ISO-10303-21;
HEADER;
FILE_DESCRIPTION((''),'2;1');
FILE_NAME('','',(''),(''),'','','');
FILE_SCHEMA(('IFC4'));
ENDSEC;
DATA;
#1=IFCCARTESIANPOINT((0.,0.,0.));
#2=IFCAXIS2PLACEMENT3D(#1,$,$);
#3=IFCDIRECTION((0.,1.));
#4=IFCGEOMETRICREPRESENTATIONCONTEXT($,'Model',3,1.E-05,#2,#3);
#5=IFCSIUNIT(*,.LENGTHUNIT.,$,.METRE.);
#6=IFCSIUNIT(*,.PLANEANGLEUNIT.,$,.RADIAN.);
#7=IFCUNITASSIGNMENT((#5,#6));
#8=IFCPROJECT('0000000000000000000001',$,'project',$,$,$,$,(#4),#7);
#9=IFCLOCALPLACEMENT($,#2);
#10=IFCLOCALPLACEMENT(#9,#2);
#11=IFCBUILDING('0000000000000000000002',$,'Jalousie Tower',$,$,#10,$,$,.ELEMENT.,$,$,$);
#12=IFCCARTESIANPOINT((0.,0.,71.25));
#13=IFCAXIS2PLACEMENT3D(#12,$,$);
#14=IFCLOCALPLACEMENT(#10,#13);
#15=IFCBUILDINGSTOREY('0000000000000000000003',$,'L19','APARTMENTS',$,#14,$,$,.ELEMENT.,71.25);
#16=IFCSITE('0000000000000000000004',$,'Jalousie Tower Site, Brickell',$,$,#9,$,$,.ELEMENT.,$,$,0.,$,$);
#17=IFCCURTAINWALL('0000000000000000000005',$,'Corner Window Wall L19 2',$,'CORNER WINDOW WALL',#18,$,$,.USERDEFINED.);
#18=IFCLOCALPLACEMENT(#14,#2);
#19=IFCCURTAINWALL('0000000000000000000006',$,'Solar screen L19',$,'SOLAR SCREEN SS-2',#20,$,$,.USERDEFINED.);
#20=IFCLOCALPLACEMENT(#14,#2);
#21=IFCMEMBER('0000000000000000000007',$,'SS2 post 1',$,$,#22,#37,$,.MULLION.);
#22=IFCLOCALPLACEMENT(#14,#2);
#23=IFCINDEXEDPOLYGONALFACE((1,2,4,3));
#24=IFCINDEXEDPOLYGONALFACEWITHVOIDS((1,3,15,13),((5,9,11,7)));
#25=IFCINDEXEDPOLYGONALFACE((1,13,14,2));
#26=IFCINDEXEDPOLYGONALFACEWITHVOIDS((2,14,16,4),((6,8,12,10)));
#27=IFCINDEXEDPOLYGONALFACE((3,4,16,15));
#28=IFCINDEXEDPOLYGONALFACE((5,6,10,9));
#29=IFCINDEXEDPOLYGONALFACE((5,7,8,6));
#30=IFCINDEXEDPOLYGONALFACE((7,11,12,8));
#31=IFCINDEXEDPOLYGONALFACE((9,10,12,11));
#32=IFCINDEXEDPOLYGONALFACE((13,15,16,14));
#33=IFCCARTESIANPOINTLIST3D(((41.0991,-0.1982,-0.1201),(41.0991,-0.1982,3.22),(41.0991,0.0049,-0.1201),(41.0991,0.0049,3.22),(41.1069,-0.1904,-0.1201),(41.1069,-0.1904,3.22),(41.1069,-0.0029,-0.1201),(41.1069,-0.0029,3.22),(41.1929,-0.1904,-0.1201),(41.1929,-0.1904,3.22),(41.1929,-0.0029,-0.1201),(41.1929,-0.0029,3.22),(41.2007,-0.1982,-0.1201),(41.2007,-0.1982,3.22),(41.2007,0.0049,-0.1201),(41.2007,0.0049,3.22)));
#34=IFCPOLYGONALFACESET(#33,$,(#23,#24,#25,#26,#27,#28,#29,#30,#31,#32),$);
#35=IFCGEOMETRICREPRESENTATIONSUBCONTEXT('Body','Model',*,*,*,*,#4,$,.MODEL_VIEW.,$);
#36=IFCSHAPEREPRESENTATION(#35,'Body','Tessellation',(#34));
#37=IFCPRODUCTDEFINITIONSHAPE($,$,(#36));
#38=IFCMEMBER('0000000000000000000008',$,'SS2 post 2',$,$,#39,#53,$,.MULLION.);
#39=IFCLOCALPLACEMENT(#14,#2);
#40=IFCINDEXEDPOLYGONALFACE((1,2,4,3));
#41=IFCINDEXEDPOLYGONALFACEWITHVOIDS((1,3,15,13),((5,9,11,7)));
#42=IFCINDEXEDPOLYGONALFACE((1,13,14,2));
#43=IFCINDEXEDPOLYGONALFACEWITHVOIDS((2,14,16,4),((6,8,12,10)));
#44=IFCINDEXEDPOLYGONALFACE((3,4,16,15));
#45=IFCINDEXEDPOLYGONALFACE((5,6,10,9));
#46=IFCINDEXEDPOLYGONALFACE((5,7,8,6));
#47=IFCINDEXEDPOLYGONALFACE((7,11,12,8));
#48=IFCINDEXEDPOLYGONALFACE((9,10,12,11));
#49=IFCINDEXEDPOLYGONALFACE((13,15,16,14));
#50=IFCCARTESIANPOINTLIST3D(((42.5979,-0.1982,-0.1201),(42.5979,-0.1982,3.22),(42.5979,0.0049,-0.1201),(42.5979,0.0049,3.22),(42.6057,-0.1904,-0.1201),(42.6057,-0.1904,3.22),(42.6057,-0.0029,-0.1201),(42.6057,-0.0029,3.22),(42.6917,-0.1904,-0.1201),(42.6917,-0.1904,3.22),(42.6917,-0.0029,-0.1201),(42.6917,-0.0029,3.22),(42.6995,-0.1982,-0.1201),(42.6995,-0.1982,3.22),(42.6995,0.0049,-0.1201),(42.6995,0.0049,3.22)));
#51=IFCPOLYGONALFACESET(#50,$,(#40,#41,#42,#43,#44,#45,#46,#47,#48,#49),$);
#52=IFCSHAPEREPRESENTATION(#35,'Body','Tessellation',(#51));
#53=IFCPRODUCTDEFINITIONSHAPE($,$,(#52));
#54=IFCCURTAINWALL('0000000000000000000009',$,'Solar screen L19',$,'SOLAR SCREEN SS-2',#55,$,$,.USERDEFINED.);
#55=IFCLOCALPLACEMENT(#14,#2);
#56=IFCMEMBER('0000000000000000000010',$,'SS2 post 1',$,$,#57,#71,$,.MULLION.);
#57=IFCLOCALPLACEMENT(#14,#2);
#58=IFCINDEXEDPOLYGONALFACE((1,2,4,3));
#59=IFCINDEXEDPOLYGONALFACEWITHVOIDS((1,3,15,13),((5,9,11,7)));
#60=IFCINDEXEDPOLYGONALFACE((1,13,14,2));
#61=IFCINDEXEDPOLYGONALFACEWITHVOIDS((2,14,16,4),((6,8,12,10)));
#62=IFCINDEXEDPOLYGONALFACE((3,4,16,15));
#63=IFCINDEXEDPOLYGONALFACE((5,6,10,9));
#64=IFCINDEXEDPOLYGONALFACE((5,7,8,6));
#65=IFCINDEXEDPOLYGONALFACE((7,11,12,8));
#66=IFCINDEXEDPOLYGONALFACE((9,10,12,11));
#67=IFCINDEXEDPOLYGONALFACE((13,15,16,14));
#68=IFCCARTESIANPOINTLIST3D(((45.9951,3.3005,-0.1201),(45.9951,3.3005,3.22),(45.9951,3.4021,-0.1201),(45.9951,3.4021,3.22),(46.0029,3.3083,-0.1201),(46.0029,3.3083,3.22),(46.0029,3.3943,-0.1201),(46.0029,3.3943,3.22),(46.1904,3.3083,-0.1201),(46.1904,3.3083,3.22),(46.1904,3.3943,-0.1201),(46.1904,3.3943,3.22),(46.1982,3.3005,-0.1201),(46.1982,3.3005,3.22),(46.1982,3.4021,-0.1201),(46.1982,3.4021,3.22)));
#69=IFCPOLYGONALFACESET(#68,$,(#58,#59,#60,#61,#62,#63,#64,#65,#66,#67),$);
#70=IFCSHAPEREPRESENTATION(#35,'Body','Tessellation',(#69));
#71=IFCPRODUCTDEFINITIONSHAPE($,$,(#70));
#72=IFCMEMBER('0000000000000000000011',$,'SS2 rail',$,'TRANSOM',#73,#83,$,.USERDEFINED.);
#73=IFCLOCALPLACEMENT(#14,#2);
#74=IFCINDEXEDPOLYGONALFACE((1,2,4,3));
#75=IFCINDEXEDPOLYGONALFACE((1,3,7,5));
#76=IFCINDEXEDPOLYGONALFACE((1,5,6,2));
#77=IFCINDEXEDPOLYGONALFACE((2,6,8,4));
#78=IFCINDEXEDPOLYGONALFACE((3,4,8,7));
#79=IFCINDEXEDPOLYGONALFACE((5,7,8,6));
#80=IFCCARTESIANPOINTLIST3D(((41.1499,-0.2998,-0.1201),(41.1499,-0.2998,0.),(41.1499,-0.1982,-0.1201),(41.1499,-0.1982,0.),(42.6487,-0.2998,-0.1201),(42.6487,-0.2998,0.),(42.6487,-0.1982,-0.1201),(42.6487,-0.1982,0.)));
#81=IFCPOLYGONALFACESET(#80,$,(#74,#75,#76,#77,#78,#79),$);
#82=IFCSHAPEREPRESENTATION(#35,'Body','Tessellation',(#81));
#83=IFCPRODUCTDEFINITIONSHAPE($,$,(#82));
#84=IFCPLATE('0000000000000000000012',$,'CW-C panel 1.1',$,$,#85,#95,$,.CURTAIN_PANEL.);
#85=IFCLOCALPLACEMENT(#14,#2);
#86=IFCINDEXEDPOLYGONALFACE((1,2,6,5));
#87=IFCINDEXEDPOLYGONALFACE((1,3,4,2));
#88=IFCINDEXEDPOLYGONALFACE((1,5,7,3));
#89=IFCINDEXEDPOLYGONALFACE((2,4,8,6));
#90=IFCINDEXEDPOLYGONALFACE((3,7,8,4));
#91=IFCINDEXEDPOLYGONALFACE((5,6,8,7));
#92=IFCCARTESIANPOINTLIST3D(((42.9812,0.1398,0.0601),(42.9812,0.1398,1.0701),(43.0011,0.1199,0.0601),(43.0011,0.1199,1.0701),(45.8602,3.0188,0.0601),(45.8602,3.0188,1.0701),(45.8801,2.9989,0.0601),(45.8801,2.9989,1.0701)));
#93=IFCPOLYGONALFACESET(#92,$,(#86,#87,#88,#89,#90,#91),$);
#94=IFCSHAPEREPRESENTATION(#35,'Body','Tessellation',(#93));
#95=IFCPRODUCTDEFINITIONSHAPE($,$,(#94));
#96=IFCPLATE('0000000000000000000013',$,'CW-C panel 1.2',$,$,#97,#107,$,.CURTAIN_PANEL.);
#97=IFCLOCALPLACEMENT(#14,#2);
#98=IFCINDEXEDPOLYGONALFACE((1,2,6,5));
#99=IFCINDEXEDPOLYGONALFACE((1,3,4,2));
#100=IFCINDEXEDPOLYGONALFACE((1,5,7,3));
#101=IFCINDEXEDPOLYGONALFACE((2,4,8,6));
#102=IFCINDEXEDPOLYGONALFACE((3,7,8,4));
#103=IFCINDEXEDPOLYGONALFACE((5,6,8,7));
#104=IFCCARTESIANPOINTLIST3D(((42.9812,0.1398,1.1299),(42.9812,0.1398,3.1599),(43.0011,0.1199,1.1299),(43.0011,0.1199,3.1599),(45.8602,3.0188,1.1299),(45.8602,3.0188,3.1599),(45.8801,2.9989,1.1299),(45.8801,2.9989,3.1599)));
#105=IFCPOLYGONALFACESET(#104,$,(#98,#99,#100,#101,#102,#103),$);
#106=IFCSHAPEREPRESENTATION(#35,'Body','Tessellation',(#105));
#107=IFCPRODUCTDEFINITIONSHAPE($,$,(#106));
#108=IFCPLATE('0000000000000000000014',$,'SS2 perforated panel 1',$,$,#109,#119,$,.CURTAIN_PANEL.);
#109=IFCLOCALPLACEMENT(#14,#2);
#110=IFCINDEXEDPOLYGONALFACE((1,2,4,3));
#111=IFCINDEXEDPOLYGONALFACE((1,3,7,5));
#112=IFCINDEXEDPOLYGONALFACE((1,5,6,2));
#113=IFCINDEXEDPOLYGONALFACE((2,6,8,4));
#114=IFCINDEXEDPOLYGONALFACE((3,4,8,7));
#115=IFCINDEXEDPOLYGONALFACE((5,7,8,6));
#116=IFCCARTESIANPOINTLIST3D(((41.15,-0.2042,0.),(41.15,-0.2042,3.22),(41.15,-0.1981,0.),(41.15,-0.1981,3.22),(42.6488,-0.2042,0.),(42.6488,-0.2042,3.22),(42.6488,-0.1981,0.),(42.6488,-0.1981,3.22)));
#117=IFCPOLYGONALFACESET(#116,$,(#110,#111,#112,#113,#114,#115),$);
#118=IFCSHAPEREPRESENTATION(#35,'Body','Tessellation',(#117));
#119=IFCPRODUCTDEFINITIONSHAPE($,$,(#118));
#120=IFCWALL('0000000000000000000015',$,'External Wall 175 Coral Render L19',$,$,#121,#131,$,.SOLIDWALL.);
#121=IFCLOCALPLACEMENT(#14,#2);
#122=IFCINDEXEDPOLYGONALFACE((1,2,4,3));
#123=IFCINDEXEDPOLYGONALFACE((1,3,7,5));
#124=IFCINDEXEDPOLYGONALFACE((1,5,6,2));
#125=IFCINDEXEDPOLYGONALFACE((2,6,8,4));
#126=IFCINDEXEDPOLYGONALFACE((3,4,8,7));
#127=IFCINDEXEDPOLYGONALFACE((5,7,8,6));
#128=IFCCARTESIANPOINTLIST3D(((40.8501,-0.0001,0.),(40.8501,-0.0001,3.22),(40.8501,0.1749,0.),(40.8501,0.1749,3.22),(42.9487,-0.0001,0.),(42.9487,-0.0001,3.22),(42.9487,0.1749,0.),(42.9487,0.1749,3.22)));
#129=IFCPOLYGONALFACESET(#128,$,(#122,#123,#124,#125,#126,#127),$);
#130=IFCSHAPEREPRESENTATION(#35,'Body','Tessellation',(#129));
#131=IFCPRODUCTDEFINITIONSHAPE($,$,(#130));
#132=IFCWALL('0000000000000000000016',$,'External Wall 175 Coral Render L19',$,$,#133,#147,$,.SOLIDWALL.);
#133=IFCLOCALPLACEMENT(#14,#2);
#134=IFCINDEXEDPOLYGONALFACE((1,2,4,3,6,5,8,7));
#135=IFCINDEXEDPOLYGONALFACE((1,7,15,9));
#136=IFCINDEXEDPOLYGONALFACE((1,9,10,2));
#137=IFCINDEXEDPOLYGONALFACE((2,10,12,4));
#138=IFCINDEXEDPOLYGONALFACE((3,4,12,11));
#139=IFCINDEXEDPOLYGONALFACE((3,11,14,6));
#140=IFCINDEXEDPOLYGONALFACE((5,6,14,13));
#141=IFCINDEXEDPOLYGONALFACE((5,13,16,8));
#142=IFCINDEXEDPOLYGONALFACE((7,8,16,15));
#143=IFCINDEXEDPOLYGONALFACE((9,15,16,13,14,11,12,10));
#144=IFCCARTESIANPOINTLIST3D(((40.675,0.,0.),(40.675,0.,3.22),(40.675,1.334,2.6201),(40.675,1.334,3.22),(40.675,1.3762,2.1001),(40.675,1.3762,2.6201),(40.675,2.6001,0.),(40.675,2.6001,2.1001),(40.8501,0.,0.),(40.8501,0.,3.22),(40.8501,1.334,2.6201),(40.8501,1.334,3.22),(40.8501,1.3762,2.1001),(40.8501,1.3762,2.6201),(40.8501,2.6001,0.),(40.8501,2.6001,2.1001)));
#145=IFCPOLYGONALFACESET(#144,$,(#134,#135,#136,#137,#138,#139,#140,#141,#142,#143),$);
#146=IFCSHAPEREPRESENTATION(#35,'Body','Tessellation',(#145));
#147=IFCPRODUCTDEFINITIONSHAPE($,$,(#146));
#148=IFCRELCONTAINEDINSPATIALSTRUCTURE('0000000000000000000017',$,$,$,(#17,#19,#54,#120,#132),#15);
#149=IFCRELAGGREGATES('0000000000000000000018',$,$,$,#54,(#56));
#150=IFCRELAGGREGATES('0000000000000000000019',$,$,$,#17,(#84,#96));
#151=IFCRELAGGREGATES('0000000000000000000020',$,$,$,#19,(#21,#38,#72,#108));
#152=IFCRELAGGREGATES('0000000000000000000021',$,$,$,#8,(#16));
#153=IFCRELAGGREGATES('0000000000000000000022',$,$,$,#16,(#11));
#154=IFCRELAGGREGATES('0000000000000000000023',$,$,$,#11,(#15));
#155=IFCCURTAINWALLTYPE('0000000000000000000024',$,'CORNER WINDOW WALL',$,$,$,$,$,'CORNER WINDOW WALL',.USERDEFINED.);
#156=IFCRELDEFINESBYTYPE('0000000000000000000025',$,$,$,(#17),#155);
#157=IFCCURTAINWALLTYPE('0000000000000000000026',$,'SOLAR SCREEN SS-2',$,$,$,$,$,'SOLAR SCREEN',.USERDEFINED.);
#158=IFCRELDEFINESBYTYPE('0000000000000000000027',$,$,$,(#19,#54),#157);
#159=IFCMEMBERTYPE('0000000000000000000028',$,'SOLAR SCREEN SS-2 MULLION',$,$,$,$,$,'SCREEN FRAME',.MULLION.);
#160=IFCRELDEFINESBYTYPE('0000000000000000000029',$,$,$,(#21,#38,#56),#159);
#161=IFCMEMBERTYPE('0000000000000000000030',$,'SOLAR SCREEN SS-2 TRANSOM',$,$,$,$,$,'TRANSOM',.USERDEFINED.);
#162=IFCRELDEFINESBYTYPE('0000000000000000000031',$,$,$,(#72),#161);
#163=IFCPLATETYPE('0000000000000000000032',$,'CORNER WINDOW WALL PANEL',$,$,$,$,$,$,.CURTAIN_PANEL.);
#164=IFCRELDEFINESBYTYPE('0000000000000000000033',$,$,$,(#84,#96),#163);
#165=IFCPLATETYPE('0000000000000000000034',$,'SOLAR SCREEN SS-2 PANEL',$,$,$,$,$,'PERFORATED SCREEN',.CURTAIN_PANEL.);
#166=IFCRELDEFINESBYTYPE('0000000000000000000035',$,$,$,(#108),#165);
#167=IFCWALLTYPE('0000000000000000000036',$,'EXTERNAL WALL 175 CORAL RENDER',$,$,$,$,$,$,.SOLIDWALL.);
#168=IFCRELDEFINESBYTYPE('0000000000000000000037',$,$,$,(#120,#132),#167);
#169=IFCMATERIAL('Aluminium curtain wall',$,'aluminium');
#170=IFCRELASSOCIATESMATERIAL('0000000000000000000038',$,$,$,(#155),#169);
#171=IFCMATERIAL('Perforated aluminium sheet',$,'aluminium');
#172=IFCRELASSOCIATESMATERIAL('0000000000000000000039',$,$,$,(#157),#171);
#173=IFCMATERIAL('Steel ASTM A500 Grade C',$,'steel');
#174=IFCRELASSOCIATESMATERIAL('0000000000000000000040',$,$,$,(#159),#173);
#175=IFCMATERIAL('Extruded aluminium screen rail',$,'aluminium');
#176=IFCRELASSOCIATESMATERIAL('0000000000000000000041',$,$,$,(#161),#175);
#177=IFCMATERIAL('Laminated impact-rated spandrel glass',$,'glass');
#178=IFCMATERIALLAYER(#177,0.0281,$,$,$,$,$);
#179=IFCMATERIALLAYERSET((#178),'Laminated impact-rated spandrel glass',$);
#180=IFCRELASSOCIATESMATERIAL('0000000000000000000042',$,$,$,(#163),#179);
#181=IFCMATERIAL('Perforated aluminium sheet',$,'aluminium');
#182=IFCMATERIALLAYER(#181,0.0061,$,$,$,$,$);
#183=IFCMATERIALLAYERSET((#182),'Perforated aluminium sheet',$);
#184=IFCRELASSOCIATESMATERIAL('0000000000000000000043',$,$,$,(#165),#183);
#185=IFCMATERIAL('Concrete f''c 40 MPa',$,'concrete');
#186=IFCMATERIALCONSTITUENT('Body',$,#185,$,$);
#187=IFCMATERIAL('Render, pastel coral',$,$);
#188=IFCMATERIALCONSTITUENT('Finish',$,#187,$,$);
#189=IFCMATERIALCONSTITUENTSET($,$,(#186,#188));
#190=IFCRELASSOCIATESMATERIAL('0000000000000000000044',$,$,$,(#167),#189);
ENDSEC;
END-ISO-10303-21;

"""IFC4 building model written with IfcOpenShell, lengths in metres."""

from ifc_helpers import new_model, si_unit, direction, frame, frame_2d, origin, origin_2d, place, context, subcontext, project, spatial, polyline, rectangle, hollow_rectangle, outline, extrude, material, layer, layer_set, constituent, constituent_set, material_profile, profile_set, type_object, element, aggregate, save


model = new_model("IFC4")

# Units and contexts
model_context = context("Model", 3, precision=1e-05, world=origin(), true_north=direction((0.0, 1.0)))
body_context = subcontext(model_context, "Body", "Model", "MODEL_VIEW")
ifc_project = project(units=[si_unit("LENGTHUNIT", "METRE"), si_unit("PLANEANGLEUNIT", "RADIAN")], contexts=[model_context])

# Site, building, storey
site_placement = place(None, origin())
site = spatial("IfcSite", under=ifc_project, at=site_placement, Name="Jalousie Tower Site, Brickell", CompositionType="ELEMENT", RefElevation=0.0)
building_placement = place(site_placement, origin())
building = spatial("IfcBuilding", under=site, at=building_placement, Name="Jalousie Tower", CompositionType="ELEMENT")
storey_placement = place(building_placement, frame((0.0, 0.0, 71.25)))
storey = spatial("IfcBuildingStorey", under=building, at=storey_placement, Name="L19", Description="APARTMENTS", CompositionType="ELEMENT", Elevation=71.25)

# Curtain wall
ifc_material_1 = material(Name="Aluminium curtain wall", Category="aluminium")
curtain_wall_type_1 = type_object("IfcCurtainWallType", Name="CORNER WINDOW WALL", ElementType="CORNER WINDOW WALL", PredefinedType="USERDEFINED", material=ifc_material_1)
curtain_wall_1_placement = place(storey_placement, origin())
curtain_wall_1 = element("IfcCurtainWall", 1, at=curtain_wall_1_placement, inside=storey, type_object=curtain_wall_type_1, Name="Corner Window Wall L19 2", ObjectType="CORNER WINDOW WALL", PredefinedType="USERDEFINED")

# Curtain wall, members
ifc_material_2 = material(Name="Perforated aluminium sheet", Category="aluminium")
curtain_wall_type_2 = type_object("IfcCurtainWallType", Name="SOLAR SCREEN SS-2", ElementType="SOLAR SCREEN", PredefinedType="USERDEFINED", material=ifc_material_2)
curtain_wall_2_placement = place(storey_placement, origin())
curtain_wall_2 = element("IfcCurtainWall", 2, at=curtain_wall_2_placement, inside=storey, type_object=curtain_wall_type_2, Name="Solar screen L19", ObjectType="SOLAR SCREEN SS-2", PredefinedType="USERDEFINED")
ifc_material_3 = material(Name="Steel ASTM A500 Grade C", Category="steel")
ifc_material_profile_1 = material_profile(ifc_material_3, hollow_rectangle(XDim=0.1016, YDim=0.2031, WallThickness=0.0078, at=origin_2d()), Name="HSS8X4X5/16")
ifc_profile_set_1 = profile_set([ifc_material_profile_1], Name="Steel ASTM A500 Grade C")
member_type_1 = type_object("IfcMemberType", Name="SOLAR SCREEN SS-2 MULLION", ElementType="SCREEN FRAME", PredefinedType="MULLION", material=ifc_profile_set_1)
member_1_placement = place(storey_placement, frame((41.1499, -0.0967, -0.1201), z_axis=(0.0, 0.0, 1.0), x_axis=(1.0, 0.0, 0.0)))
member_1 = element("IfcMember", 3, at=member_1_placement, type_object=member_type_1, Name="SS2 post 1", PredefinedType="MULLION", context=body_context, shape_type="SweptSolid", body=[
    extrude(hollow_rectangle(XDim=0.1016, YDim=0.2031, WallThickness=0.0078, at=origin_2d()), origin(), (0.0, 0.0, 1.0), 3.3401),
])
member_2_placement = place(storey_placement, frame((42.6487, -0.0967, -0.1201), z_axis=(0.0, 0.0, 1.0), x_axis=(1.0, 0.0, 0.0)))
member_2 = element("IfcMember", 4, at=member_2_placement, type_object=member_type_1, Name="SS2 post 2", PredefinedType="MULLION", context=body_context, shape_type="SweptSolid", body=[
    extrude(hollow_rectangle(XDim=0.1016, YDim=0.2031, WallThickness=0.0078, at=origin_2d()), origin(), (0.0, 0.0, 1.0), 3.3401),
])

# Curtain wall, member
curtain_wall_3_placement = place(storey_placement, origin())
curtain_wall_3 = element("IfcCurtainWall", 5, at=curtain_wall_3_placement, inside=storey, type_object=curtain_wall_type_2, Name="Solar screen L19", ObjectType="SOLAR SCREEN SS-2", PredefinedType="USERDEFINED")
member_3_placement = place(storey_placement, frame((46.0967, 3.3513, -0.1201), z_axis=(0.0, 0.0, 1.0), x_axis=(0.0, 1.0, 0.0)))
member_3 = element("IfcMember", 6, at=member_3_placement, type_object=member_type_1, Name="SS2 post 1", PredefinedType="MULLION", context=body_context, shape_type="SweptSolid", body=[
    extrude(hollow_rectangle(XDim=0.1016, YDim=0.2031, WallThickness=0.0078, at=origin_2d()), origin(), (0.0, 0.0, 1.0), 3.3401),
])
aggregate(curtain_wall_3, [member_3])

# Member
ifc_material_4 = material(Name="Extruded aluminium screen rail", Category="aluminium")
ifc_material_profile_2 = material_profile(ifc_material_4, rectangle(XDim=0.1016, YDim=0.1201, at=origin_2d()), Name="RAIL 102x120")
ifc_profile_set_2 = profile_set([ifc_material_profile_2], Name="Extruded aluminium screen rail")
member_type_2 = type_object("IfcMemberType", Name="SOLAR SCREEN SS-2 TRANSOM", ElementType="TRANSOM", PredefinedType="USERDEFINED", material=ifc_profile_set_2)
member_4_placement = place(storey_placement, frame((41.1499, -0.249, -0.0601), z_axis=(1.0, 0.0, 0.0), x_axis=(0.0, 1.0, 0.0)))
member_4 = element("IfcMember", 7, at=member_4_placement, type_object=member_type_2, Name="SS2 rail", ObjectType="TRANSOM", PredefinedType="USERDEFINED", context=body_context, shape_type="SweptSolid", body=[
    extrude(rectangle(XDim=0.1016, YDim=0.1201, at=origin_2d()), origin(), (0.0, 0.0, 1.0), 1.4988),
])

# Plates
ifc_material_5 = material(Name="Laminated impact-rated spandrel glass", Category="glass")
ifc_layer_1 = layer(ifc_material_5, 0.0281)
ifc_layer_set_1 = layer_set([ifc_layer_1], Name="Laminated impact-rated spandrel glass")
plate_type_1 = type_object("IfcPlateType", Name="CORNER WINDOW WALL PANEL", PredefinedType="CURTAIN_PANEL", material=ifc_layer_set_1)
plate_1_placement = place(storey_placement, frame((44.4307, 1.5693, 0.0601), z_axis=(0.0, 0.0, 1.0), x_axis=(0.707107, 0.707107, 0.0)))
plate_1 = element("IfcPlate", 8, at=plate_1_placement, type_object=plate_type_1, Name="CW-C panel 1.1", PredefinedType="CURTAIN_PANEL", context=body_context, shape_type="SweptSolid", body=[
    extrude(rectangle(XDim=4.0715, YDim=0.0281, at=origin_2d()), origin(), (0.0, 0.0, 1.0), 1.01),
])
plate_2_placement = place(storey_placement, frame((44.4307, 1.5693, 1.1299), z_axis=(0.0, 0.0, 1.0), x_axis=(0.707107, 0.707107, 0.0)))
plate_2 = element("IfcPlate", 9, at=plate_2_placement, type_object=plate_type_1, Name="CW-C panel 1.2", PredefinedType="CURTAIN_PANEL", context=body_context, shape_type="SweptSolid", body=[
    extrude(rectangle(XDim=4.0715, YDim=0.0281, at=origin_2d()), origin(), (0.0, 0.0, 1.0), 2.03),
])
aggregate(curtain_wall_1, [plate_1, plate_2])
ifc_material_6 = material(Name="Perforated aluminium sheet", Category="aluminium")
ifc_layer_2 = layer(ifc_material_6, 0.0061)
ifc_layer_set_2 = layer_set([ifc_layer_2], Name="Perforated aluminium sheet")
plate_type_2 = type_object("IfcPlateType", Name="SOLAR SCREEN SS-2 PANEL", ElementType="PERFORATED SCREEN", PredefinedType="CURTAIN_PANEL", material=ifc_layer_set_2)
plate_3_placement = place(storey_placement, frame((41.8994, -0.2012, 0.0), z_axis=(0.0, 0.0, 1.0), x_axis=(1.0, 0.0, 0.0)))
plate_3 = element("IfcPlate", 10, at=plate_3_placement, type_object=plate_type_2, Name="SS2 perforated panel 1", PredefinedType="CURTAIN_PANEL", context=body_context, shape_type="SweptSolid", body=[
    extrude(rectangle(XDim=1.4988, YDim=0.0061, at=origin_2d()), origin(), (0.0, 0.0, 1.0), 3.22),
])
aggregate(curtain_wall_2, [member_1, member_2, member_4, plate_3])

# Walls
ifc_material_7 = material(Name="Concrete f'c 40 MPa", Category="concrete")
ifc_constituent_1 = constituent(ifc_material_7, Name="Body")
ifc_material_8 = material(Name="Render, pastel coral")
ifc_constituent_2 = constituent(ifc_material_8, Name="Finish")
ifc_constituent_set = constituent_set(constituents=[ifc_constituent_1, ifc_constituent_2])
wall_type = type_object("IfcWallType", Name="EXTERNAL WALL 175 CORAL RENDER", PredefinedType="SOLIDWALL", material=ifc_constituent_set)
wall_1_placement = place(storey_placement, frame((40.8501, 0.0874, 0.0), z_axis=(0.0, 0.0, 1.0), x_axis=(1.0, 0.0, 0.0)))
element("IfcWall", 11, at=wall_1_placement, inside=storey, type_object=wall_type, Name="External Wall 175 Coral Render L19", PredefinedType="SOLIDWALL", context=body_context, shape_type="SweptSolid", body=[
    extrude(rectangle(XDim=2.0986, YDim=0.175, at=frame_2d((1.0493, 0.0))), origin(), (0.0, 0.0, 1.0), 3.22),
])
wall_2_placement = place(storey_placement, frame((40.7625, 0.0, 0.0), z_axis=(0.0, 0.0, 1.0), x_axis=(0.0, 1.0, 0.0)))
element("IfcWall", 12, at=wall_2_placement, inside=storey, type_object=wall_type, Name="External Wall 175 Coral Render L19", PredefinedType="SOLIDWALL", context=body_context, shape_type="SweptSolid", body=[
    extrude(outline(polyline([(0.0, 0.0), (2.6001, 0.0), (2.6001, 2.1001), (1.3762, 2.1001), (1.3762, 2.6201), (1.334, 2.6201), (1.334, 3.22), (0.0, 3.22), (0.0, 0.0)])), frame((0.0, 0.0874, 0.0), z_axis=(0.0, -1.0, 0.0), x_axis=(1.0, 0.0, 0.0)), (0.0, 0.0, 1.0), 0.175),
])

save(model, "model.ifc")
